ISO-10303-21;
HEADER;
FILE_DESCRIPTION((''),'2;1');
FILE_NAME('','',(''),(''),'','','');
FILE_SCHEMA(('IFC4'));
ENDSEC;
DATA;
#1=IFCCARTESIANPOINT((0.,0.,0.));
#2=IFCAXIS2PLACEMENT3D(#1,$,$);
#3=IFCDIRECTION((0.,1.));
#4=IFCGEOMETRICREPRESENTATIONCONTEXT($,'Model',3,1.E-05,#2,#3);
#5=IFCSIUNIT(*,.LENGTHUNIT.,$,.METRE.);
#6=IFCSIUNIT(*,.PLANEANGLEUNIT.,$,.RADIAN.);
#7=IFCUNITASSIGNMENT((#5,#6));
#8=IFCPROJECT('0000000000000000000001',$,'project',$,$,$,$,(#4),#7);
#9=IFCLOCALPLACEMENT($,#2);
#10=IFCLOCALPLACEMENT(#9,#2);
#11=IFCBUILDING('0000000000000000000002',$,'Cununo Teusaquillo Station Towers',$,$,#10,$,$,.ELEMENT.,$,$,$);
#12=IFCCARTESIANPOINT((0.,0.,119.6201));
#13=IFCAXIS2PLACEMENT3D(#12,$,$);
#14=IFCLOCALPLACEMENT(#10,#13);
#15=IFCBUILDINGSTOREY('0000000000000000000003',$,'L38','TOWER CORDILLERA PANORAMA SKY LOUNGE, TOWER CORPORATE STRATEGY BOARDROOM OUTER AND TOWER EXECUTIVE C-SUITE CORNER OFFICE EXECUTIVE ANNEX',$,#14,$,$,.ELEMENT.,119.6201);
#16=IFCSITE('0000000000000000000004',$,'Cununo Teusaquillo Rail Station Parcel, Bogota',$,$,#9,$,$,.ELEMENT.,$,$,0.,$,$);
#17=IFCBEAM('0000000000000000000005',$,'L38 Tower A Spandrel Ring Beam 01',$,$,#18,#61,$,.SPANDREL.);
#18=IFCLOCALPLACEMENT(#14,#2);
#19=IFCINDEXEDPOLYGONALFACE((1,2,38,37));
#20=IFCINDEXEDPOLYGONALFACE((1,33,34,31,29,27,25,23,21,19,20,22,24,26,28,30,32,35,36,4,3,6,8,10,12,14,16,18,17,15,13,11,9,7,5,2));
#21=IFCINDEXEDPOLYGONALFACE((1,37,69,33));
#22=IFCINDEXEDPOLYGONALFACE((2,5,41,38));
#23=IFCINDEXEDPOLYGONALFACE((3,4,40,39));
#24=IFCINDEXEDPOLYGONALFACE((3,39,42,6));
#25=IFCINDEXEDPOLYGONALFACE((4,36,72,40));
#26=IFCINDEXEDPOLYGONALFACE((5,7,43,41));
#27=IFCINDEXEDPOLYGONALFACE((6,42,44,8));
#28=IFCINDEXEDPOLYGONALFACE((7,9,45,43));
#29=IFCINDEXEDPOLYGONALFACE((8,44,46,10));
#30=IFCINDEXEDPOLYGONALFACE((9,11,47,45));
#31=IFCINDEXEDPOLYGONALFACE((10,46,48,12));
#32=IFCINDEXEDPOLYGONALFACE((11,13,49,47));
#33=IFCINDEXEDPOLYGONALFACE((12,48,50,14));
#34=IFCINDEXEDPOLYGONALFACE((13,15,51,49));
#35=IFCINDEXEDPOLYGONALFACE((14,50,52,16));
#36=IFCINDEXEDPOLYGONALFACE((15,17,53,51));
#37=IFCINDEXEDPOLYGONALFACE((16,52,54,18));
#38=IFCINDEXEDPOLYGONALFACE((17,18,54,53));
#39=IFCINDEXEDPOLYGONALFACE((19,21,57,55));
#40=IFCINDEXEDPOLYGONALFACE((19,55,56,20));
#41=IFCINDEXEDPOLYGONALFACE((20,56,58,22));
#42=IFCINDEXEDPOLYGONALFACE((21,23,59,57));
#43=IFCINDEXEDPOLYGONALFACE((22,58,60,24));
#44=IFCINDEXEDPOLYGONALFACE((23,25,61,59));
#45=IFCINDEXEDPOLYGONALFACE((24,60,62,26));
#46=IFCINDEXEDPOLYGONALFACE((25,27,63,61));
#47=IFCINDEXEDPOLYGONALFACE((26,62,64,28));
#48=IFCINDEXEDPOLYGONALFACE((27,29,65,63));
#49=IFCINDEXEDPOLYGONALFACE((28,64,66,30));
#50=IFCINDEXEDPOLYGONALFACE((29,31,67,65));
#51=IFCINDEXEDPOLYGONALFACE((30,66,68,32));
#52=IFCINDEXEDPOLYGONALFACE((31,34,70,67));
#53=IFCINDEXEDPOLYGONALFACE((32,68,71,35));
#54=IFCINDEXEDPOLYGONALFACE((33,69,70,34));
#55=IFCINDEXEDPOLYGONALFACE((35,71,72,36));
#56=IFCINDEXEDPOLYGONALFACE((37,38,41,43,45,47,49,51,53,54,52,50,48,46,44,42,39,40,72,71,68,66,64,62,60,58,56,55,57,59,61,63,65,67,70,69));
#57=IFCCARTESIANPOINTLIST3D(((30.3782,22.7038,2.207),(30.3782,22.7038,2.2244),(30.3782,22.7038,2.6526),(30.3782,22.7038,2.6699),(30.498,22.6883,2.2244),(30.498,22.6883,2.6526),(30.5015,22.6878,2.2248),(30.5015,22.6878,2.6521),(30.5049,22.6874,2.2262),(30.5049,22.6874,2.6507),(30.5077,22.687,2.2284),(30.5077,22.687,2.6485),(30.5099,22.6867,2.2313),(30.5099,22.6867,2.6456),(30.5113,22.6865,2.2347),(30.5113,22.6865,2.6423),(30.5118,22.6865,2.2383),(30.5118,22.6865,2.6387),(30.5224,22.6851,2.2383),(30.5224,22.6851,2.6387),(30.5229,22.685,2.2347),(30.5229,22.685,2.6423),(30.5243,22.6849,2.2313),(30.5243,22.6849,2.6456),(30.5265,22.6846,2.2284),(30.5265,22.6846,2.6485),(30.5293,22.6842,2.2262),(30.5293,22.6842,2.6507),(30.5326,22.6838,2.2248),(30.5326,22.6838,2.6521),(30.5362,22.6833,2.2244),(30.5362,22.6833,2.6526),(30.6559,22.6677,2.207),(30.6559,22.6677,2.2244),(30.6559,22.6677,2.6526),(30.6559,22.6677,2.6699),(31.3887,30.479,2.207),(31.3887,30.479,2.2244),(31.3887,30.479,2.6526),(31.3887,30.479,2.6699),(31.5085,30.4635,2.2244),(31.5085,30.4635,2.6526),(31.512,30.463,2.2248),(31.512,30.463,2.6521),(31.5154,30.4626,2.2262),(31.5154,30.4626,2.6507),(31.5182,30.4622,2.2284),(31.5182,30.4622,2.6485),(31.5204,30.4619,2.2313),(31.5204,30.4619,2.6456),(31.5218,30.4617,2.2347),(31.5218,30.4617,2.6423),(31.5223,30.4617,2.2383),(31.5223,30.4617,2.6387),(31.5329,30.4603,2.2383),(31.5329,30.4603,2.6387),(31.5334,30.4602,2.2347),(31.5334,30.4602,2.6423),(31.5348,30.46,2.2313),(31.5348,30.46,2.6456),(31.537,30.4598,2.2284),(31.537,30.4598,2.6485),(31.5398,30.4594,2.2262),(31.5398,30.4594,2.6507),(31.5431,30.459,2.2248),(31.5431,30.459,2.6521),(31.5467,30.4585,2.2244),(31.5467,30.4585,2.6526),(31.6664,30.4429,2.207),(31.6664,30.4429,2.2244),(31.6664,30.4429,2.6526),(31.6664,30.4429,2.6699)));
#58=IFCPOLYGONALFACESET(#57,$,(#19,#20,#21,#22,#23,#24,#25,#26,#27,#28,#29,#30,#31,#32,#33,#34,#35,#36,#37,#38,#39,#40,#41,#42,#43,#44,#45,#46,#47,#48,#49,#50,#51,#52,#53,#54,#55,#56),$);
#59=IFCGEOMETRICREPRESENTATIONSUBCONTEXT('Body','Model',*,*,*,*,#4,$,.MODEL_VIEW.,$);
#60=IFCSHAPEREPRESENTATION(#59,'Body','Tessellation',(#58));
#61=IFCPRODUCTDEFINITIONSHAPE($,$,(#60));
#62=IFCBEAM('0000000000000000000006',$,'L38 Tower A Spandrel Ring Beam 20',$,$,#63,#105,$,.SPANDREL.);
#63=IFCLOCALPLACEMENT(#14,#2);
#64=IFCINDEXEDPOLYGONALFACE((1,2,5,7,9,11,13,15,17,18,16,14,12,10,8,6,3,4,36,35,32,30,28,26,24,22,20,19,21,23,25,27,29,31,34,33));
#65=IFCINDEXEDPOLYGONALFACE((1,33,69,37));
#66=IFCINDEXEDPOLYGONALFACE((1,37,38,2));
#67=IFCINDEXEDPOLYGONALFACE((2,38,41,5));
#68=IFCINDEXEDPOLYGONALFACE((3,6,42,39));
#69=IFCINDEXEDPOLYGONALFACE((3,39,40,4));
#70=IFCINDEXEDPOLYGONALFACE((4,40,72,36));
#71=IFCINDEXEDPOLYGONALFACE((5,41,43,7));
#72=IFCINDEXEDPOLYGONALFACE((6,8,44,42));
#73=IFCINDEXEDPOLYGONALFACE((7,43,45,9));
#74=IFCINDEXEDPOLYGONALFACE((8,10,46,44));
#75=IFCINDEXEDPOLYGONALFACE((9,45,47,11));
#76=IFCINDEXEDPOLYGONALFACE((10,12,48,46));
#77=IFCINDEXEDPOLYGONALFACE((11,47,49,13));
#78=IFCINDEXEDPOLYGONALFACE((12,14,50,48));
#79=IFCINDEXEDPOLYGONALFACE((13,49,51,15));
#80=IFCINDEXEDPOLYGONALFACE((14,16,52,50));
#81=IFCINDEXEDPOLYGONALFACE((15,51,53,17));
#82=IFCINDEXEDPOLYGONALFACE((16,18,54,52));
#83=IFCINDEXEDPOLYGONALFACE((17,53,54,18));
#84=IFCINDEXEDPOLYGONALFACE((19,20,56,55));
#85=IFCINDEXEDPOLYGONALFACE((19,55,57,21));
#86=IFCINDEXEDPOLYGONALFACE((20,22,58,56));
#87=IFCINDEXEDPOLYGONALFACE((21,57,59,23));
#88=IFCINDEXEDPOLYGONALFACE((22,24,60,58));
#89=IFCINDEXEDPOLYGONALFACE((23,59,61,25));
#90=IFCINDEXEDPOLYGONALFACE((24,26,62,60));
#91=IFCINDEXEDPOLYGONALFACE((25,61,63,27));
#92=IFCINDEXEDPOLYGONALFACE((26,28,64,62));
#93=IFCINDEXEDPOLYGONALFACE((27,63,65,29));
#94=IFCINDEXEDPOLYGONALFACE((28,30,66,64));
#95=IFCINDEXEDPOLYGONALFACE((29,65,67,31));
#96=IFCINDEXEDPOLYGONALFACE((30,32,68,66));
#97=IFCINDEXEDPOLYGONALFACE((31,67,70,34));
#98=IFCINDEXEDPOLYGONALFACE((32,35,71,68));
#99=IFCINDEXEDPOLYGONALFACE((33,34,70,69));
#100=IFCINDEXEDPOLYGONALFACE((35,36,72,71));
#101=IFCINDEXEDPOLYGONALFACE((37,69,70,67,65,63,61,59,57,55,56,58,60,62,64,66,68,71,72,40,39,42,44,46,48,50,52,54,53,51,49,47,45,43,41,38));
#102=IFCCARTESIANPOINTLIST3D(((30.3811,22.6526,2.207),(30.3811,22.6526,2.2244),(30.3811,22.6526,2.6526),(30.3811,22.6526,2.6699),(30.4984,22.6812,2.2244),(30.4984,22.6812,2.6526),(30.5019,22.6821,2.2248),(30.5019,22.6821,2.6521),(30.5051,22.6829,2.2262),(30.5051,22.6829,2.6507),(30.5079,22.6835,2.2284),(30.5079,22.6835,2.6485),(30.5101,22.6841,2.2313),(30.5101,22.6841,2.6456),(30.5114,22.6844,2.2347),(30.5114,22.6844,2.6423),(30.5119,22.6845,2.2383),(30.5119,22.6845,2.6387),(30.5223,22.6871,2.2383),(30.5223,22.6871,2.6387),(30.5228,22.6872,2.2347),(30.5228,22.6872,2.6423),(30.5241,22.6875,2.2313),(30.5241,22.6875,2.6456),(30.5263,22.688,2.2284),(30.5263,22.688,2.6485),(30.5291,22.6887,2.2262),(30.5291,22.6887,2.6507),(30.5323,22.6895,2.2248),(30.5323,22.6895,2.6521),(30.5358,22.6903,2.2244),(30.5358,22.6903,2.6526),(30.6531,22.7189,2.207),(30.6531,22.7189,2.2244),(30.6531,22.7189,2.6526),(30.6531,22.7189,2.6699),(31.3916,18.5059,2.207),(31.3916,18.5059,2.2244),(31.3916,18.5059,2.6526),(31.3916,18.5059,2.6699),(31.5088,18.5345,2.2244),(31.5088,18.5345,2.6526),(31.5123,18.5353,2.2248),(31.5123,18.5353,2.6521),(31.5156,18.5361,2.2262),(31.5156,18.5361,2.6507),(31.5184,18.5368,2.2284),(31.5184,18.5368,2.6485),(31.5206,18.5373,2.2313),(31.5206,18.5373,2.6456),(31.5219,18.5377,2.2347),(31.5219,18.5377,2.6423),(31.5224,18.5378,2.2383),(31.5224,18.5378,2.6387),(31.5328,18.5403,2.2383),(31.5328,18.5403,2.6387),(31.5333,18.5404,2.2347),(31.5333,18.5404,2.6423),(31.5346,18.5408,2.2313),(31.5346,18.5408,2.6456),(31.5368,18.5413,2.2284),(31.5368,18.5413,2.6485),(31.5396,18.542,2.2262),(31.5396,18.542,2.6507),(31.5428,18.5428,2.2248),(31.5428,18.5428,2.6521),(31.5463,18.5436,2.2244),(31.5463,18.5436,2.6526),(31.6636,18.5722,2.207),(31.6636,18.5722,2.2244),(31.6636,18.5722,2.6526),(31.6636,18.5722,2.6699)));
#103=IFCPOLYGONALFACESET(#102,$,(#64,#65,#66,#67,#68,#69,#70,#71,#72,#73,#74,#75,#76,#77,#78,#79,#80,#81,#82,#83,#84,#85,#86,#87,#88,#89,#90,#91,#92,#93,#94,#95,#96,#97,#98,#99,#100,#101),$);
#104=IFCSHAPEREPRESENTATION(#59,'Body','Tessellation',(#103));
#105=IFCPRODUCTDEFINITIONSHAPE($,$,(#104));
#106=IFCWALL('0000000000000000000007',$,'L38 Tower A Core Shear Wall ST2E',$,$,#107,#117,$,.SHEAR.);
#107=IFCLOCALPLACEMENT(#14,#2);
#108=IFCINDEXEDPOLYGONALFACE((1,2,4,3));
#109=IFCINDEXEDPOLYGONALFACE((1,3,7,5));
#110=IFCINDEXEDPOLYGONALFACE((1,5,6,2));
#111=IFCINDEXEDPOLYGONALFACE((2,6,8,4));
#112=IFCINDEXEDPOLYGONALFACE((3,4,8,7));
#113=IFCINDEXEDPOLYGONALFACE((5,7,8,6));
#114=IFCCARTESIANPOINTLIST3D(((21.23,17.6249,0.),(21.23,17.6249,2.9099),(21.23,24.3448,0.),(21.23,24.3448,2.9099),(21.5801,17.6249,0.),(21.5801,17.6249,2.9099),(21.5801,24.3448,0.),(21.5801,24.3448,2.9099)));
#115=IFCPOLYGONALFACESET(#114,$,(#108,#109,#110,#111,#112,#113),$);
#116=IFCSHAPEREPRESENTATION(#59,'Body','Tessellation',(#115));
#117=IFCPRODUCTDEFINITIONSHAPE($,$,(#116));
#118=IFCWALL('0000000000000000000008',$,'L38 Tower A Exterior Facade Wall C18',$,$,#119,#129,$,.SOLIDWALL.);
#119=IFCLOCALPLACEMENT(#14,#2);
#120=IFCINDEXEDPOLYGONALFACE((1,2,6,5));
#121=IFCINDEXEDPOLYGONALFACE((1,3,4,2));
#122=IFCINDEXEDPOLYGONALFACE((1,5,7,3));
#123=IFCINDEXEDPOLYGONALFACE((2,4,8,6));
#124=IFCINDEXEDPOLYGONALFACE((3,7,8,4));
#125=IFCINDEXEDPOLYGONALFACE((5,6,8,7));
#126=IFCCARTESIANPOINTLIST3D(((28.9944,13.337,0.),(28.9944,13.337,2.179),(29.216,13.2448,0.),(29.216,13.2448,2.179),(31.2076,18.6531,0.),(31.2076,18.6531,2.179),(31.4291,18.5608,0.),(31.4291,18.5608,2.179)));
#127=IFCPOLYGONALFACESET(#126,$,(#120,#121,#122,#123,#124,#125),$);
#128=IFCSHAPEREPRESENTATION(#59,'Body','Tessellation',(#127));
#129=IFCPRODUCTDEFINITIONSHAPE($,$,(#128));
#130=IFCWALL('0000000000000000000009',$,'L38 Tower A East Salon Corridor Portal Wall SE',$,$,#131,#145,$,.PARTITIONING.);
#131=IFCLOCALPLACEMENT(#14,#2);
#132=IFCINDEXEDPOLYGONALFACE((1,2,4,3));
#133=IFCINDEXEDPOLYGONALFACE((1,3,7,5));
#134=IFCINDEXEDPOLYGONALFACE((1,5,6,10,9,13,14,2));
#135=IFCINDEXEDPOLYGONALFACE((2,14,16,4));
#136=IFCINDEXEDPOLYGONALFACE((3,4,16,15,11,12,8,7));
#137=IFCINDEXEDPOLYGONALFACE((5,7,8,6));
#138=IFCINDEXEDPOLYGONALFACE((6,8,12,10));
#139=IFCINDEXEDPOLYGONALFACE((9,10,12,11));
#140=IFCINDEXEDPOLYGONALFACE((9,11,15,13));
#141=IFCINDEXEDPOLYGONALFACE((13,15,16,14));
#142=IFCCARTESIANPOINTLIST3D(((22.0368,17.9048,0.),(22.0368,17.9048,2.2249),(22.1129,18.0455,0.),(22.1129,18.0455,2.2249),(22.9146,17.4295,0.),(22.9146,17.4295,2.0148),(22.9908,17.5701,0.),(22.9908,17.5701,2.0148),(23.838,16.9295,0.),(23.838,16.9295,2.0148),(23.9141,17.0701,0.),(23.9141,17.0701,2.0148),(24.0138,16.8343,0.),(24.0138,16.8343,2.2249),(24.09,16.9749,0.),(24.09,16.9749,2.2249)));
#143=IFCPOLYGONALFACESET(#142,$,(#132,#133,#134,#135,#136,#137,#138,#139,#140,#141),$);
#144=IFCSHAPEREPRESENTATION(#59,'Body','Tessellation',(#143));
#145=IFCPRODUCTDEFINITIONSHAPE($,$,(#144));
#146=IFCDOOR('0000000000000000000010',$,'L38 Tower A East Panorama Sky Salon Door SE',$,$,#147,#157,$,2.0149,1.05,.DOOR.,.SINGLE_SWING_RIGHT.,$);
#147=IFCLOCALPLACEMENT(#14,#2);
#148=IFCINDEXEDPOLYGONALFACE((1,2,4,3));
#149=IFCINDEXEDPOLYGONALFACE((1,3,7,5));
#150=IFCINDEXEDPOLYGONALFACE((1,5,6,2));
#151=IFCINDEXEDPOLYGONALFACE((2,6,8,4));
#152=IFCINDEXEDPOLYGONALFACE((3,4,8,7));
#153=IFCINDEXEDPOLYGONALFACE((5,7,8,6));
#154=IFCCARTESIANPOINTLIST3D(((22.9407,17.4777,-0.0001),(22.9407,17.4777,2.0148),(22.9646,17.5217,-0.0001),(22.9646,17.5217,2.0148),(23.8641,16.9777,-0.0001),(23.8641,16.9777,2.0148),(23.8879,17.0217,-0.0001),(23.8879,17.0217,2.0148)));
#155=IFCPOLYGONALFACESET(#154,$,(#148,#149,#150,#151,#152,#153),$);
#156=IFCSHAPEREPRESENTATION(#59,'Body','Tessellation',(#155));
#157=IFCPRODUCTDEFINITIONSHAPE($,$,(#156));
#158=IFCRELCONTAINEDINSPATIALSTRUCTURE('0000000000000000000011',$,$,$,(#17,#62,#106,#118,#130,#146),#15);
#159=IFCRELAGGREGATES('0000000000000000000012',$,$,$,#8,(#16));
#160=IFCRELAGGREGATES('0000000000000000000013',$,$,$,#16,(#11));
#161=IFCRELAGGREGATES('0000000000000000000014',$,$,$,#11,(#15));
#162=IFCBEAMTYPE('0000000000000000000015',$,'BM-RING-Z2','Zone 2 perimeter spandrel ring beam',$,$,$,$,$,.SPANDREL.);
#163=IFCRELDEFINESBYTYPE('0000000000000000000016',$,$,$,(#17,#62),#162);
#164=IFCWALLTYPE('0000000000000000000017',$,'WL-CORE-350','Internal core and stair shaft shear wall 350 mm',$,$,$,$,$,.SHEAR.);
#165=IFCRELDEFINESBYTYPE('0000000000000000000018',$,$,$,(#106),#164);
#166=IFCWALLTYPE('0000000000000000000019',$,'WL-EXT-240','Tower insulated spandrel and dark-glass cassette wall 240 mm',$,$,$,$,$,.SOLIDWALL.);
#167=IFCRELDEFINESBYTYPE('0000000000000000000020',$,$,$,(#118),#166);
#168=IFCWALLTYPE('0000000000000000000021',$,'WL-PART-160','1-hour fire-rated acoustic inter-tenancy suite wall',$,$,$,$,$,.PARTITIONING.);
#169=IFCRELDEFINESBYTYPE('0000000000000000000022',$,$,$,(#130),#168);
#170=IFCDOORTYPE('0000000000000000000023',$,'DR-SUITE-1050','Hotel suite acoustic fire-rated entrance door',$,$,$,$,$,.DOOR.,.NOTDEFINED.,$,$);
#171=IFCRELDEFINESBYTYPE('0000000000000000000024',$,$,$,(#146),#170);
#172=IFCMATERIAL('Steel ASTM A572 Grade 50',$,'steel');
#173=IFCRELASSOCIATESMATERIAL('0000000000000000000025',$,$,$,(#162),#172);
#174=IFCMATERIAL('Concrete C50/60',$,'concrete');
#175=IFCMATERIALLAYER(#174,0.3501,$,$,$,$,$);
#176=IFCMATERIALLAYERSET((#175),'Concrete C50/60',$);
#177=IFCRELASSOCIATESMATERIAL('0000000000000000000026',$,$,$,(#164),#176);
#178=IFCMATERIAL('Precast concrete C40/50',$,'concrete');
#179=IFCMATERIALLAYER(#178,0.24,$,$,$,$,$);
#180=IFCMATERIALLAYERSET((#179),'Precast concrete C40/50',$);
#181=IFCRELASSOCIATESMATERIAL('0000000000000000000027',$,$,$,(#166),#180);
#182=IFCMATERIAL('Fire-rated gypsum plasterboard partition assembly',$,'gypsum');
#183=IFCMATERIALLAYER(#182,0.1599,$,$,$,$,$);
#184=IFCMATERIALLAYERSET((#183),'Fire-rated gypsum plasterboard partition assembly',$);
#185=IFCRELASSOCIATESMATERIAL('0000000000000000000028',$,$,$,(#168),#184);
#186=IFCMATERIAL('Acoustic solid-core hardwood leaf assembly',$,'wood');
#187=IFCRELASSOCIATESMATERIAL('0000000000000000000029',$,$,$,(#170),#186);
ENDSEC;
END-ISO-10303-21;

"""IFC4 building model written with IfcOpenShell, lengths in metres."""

from ifc_helpers import new_model, si_unit, direction, frame, frame_2d, origin, origin_2d, place, context, subcontext, project, spatial, rectangle, i_section, extrude, source, transform, mapped, material, layer, layer_set, material_profile, profile_set, type_object, element, fill, save


model = new_model("IFC4")

# Units and contexts
model_context = context("Model", 3, precision=1e-05, world=origin(), true_north=direction((0.0, 1.0)))
body_context = subcontext(model_context, "Body", "Model", "MODEL_VIEW")
ifc_project = project(units=[si_unit("LENGTHUNIT", "METRE"), si_unit("PLANEANGLEUNIT", "RADIAN")], contexts=[model_context])

# Site, building, storey
site_placement = place(None, origin())
site = spatial("IfcSite", under=ifc_project, at=site_placement, Name="Cununo Teusaquillo Rail Station Parcel, Bogota", CompositionType="ELEMENT", RefElevation=0.0)
building_placement = place(site_placement, origin())
building = spatial("IfcBuilding", under=site, at=building_placement, Name="Cununo Teusaquillo Station Towers", CompositionType="ELEMENT")
storey_placement = place(building_placement, frame((0.0, 0.0, 119.6201)))
storey = spatial("IfcBuildingStorey", under=building, at=storey_placement, Name="L38", Description="TOWER CORDILLERA PANORAMA SKY LOUNGE, TOWER CORPORATE STRATEGY BOARDROOM OUTER AND TOWER EXECUTIVE C-SUITE CORNER OFFICE EXECUTIVE ANNEX", CompositionType="ELEMENT", Elevation=119.6201)

# Beams
ifc_material_1 = material(Name="Steel ASTM A572 Grade 50", Category="steel")
ifc_material_profile_1 = material_profile(ifc_material_1, i_section(OverallWidth=0.28, OverallDepth=0.4629, WebThickness=0.0107, FlangeThickness=0.0173, FilletRadius=0.0139, at=origin_2d()), Name="W18X76")
ifc_profile_set_1 = profile_set([ifc_material_profile_1], Name="Steel ASTM A572 Grade 50")
beam_type_1 = type_object("IfcBeamType", Name="BM-RING-Z2", Description="Zone 2 perimeter spandrel ring beam", PredefinedType="SPANDREL", material=ifc_profile_set_1)
beam_1_placement = place(storey_placement, frame((30.5171, 22.6858, 2.4385), z_axis=(0.128881, 0.99166, 0.0), x_axis=(-0.99166, 0.128881, 0.0)))
element("IfcBeam", 1, at=beam_1_placement, inside=storey, type_object=beam_type_1, Name="L38 Tower A Spandrel Ring Beam 01", PredefinedType="SPANDREL", context=body_context, shape_type="SweptSolid", body=[
    extrude(i_section(OverallWidth=0.28, OverallDepth=0.4629, WebThickness=0.0107, FlangeThickness=0.0173, FilletRadius=0.0139, at=origin_2d()), origin(), (0.0, 0.0, 1.0), 7.8406),
])
beam_2_placement = place(storey_placement, frame((31.5276, 18.5391, 2.4385), z_axis=(-0.236757, 0.971569, 0.0), x_axis=(-0.971569, -0.236757, 0.0)))
element("IfcBeam", 2, at=beam_2_placement, inside=storey, type_object=beam_type_1, Name="L38 Tower A Spandrel Ring Beam 20", PredefinedType="SPANDREL", context=body_context, shape_type="SweptSolid", body=[
    extrude(i_section(OverallWidth=0.28, OverallDepth=0.4629, WebThickness=0.0107, FlangeThickness=0.0173, FilletRadius=0.0139, at=origin_2d()), origin(), (0.0, 0.0, 1.0), 4.2681),
])

# Walls
ifc_material_2 = material(Name="Concrete C50/60", Category="concrete")
ifc_layer_1 = layer(ifc_material_2, 0.3501)
ifc_layer_set_1 = layer_set([ifc_layer_1], Name="Concrete C50/60")
wall_type_1 = type_object("IfcWallType", Name="WL-CORE-350", Description="Internal core and stair shaft shear wall 350 mm", PredefinedType="SHEAR", material=ifc_layer_set_1)
wall_1_placement = place(storey_placement, frame((21.405, 17.625, 0.0), z_axis=(0.0, 0.0, 1.0), x_axis=(0.0, 1.0, 0.0)))
element("IfcWall", 3, at=wall_1_placement, inside=storey, type_object=wall_type_1, Name="L38 Tower A Core Shear Wall ST2E", PredefinedType="SHEAR", context=body_context, shape_type="SweptSolid", body=[
    extrude(rectangle(XDim=6.72, YDim=0.3501, at=frame_2d((3.3599, 0.0))), origin(), (0.0, 0.0, 1.0), 2.9099),
])
ifc_material_3 = material(Name="Precast concrete C40/50", Category="concrete")
ifc_layer_2 = layer(ifc_material_3, 0.24)
ifc_layer_set_2 = layer_set([ifc_layer_2], Name="Precast concrete C40/50")
wall_type_2 = type_object("IfcWallType", Name="WL-EXT-240", Description="Tower insulated spandrel and dark-glass cassette wall 240 mm", PredefinedType="SOLIDWALL", material=ifc_layer_set_2)
wall_2_placement = place(storey_placement, frame((31.3184, 18.6069, 0.0), z_axis=(0.0, 0.0, 1.0), x_axis=(-0.384344, -0.92319, 0.0)))
element("IfcWall", 4, at=wall_2_placement, inside=storey, type_object=wall_type_2, Name="L38 Tower A Exterior Facade Wall C18", PredefinedType="SOLIDWALL", context=body_context, shape_type="SweptSolid", body=[
    extrude(rectangle(XDim=5.7583, YDim=0.24, at=frame_2d((2.8792, 0.0))), origin(), (0.0, 0.0, 1.0), 2.179),
])

# Wall, opening, door
ifc_material_4 = material(Name="Fire-rated gypsum plasterboard partition assembly", Category="gypsum")
ifc_layer_3 = layer(ifc_material_4, 0.1599)
ifc_layer_set_3 = layer_set([ifc_layer_3], Name="Fire-rated gypsum plasterboard partition assembly")
wall_type_3 = type_object("IfcWallType", Name="WL-PART-160", Description="1-hour fire-rated acoustic inter-tenancy suite wall", PredefinedType="PARTITIONING", material=ifc_layer_set_3)
wall_3_placement = place(storey_placement, frame((22.075, 17.9751, 0.0), z_axis=(0.0, 0.0, 1.0), x_axis=(0.879356, -0.476164, 0.0)))
wall_3 = element("IfcWall", 5, at=wall_3_placement, inside=storey, type_object=wall_type_3, Name="L38 Tower A East Salon Corridor Portal Wall SE", PredefinedType="PARTITIONING", context=body_context, shape_type="SweptSolid", body=[
    extrude(rectangle(XDim=2.2483, YDim=0.1599, at=frame_2d((1.124, 0.0))), origin(), (0.0, 0.0, 1.0), 2.2249),
])
shared_shape_1 = source(origin(), body_context, "Body", "SweptSolid", [
    extrude(rectangle(XDim=1.05, YDim=2.0149, at=frame_2d((0.5249, 1.0073))), frame((0.0, 0.0898, 0.0), z_axis=(0.0, -1.0, 0.0), x_axis=(1.0, 0.0, 0.0)), (0.0, 0.0, 1.0), 0.1799),
])
opening_placement = place(wall_3_placement, frame((0.9983, 0.0, 0.0)))
opening = element("IfcOpeningElement", 6, at=opening_placement, cuts=wall_3, PredefinedType="OPENING", context=body_context, shape_type="MappedRepresentation", body=[
    mapped(shared_shape_1, transform((0.0, 0.0, 0.0), x_axis=(1.0, 0.0, 0.0), y_axis=(0.0, 1.0, 0.0), z_axis=(0.0, 0.0, 1.0), scale=1.0)),
])
ifc_material_5 = material(Name="Acoustic solid-core hardwood leaf assembly", Category="wood")
door_type = type_object("IfcDoorType", Name="DR-SUITE-1050", Description="Hotel suite acoustic fire-rated entrance door", OperationType="NOTDEFINED", PredefinedType="DOOR", material=ifc_material_5)
shared_shape_2 = source(origin(), body_context, "Body", "SweptSolid", [
    extrude(rectangle(XDim=1.05, YDim=2.0149, at=frame_2d((0.5249, 1.0073))), frame((0.0, 0.0249, 0.0), z_axis=(0.0, -1.0, 0.0), x_axis=(1.0, 0.0, 0.0)), (0.0, 0.0, 1.0), 0.05),
])
door_placement = place(opening_placement, origin())
door = element("IfcDoor", 7, at=door_placement, inside=storey, type_object=door_type, Name="L38 Tower A East Panorama Sky Salon Door SE", OperationType="SINGLE_SWING_RIGHT", OverallHeight=2.0149, OverallWidth=1.05, PredefinedType="DOOR", context=body_context, shape_type="MappedRepresentation", body=[
    mapped(shared_shape_2, transform((0.0, 0.0, 0.0), x_axis=(1.0, 0.0, 0.0), y_axis=(0.0, 1.0, 0.0), z_axis=(0.0, 0.0, 1.0), scale=1.0)),
])
fill(opening, door)

save(model, "model.ifc")
